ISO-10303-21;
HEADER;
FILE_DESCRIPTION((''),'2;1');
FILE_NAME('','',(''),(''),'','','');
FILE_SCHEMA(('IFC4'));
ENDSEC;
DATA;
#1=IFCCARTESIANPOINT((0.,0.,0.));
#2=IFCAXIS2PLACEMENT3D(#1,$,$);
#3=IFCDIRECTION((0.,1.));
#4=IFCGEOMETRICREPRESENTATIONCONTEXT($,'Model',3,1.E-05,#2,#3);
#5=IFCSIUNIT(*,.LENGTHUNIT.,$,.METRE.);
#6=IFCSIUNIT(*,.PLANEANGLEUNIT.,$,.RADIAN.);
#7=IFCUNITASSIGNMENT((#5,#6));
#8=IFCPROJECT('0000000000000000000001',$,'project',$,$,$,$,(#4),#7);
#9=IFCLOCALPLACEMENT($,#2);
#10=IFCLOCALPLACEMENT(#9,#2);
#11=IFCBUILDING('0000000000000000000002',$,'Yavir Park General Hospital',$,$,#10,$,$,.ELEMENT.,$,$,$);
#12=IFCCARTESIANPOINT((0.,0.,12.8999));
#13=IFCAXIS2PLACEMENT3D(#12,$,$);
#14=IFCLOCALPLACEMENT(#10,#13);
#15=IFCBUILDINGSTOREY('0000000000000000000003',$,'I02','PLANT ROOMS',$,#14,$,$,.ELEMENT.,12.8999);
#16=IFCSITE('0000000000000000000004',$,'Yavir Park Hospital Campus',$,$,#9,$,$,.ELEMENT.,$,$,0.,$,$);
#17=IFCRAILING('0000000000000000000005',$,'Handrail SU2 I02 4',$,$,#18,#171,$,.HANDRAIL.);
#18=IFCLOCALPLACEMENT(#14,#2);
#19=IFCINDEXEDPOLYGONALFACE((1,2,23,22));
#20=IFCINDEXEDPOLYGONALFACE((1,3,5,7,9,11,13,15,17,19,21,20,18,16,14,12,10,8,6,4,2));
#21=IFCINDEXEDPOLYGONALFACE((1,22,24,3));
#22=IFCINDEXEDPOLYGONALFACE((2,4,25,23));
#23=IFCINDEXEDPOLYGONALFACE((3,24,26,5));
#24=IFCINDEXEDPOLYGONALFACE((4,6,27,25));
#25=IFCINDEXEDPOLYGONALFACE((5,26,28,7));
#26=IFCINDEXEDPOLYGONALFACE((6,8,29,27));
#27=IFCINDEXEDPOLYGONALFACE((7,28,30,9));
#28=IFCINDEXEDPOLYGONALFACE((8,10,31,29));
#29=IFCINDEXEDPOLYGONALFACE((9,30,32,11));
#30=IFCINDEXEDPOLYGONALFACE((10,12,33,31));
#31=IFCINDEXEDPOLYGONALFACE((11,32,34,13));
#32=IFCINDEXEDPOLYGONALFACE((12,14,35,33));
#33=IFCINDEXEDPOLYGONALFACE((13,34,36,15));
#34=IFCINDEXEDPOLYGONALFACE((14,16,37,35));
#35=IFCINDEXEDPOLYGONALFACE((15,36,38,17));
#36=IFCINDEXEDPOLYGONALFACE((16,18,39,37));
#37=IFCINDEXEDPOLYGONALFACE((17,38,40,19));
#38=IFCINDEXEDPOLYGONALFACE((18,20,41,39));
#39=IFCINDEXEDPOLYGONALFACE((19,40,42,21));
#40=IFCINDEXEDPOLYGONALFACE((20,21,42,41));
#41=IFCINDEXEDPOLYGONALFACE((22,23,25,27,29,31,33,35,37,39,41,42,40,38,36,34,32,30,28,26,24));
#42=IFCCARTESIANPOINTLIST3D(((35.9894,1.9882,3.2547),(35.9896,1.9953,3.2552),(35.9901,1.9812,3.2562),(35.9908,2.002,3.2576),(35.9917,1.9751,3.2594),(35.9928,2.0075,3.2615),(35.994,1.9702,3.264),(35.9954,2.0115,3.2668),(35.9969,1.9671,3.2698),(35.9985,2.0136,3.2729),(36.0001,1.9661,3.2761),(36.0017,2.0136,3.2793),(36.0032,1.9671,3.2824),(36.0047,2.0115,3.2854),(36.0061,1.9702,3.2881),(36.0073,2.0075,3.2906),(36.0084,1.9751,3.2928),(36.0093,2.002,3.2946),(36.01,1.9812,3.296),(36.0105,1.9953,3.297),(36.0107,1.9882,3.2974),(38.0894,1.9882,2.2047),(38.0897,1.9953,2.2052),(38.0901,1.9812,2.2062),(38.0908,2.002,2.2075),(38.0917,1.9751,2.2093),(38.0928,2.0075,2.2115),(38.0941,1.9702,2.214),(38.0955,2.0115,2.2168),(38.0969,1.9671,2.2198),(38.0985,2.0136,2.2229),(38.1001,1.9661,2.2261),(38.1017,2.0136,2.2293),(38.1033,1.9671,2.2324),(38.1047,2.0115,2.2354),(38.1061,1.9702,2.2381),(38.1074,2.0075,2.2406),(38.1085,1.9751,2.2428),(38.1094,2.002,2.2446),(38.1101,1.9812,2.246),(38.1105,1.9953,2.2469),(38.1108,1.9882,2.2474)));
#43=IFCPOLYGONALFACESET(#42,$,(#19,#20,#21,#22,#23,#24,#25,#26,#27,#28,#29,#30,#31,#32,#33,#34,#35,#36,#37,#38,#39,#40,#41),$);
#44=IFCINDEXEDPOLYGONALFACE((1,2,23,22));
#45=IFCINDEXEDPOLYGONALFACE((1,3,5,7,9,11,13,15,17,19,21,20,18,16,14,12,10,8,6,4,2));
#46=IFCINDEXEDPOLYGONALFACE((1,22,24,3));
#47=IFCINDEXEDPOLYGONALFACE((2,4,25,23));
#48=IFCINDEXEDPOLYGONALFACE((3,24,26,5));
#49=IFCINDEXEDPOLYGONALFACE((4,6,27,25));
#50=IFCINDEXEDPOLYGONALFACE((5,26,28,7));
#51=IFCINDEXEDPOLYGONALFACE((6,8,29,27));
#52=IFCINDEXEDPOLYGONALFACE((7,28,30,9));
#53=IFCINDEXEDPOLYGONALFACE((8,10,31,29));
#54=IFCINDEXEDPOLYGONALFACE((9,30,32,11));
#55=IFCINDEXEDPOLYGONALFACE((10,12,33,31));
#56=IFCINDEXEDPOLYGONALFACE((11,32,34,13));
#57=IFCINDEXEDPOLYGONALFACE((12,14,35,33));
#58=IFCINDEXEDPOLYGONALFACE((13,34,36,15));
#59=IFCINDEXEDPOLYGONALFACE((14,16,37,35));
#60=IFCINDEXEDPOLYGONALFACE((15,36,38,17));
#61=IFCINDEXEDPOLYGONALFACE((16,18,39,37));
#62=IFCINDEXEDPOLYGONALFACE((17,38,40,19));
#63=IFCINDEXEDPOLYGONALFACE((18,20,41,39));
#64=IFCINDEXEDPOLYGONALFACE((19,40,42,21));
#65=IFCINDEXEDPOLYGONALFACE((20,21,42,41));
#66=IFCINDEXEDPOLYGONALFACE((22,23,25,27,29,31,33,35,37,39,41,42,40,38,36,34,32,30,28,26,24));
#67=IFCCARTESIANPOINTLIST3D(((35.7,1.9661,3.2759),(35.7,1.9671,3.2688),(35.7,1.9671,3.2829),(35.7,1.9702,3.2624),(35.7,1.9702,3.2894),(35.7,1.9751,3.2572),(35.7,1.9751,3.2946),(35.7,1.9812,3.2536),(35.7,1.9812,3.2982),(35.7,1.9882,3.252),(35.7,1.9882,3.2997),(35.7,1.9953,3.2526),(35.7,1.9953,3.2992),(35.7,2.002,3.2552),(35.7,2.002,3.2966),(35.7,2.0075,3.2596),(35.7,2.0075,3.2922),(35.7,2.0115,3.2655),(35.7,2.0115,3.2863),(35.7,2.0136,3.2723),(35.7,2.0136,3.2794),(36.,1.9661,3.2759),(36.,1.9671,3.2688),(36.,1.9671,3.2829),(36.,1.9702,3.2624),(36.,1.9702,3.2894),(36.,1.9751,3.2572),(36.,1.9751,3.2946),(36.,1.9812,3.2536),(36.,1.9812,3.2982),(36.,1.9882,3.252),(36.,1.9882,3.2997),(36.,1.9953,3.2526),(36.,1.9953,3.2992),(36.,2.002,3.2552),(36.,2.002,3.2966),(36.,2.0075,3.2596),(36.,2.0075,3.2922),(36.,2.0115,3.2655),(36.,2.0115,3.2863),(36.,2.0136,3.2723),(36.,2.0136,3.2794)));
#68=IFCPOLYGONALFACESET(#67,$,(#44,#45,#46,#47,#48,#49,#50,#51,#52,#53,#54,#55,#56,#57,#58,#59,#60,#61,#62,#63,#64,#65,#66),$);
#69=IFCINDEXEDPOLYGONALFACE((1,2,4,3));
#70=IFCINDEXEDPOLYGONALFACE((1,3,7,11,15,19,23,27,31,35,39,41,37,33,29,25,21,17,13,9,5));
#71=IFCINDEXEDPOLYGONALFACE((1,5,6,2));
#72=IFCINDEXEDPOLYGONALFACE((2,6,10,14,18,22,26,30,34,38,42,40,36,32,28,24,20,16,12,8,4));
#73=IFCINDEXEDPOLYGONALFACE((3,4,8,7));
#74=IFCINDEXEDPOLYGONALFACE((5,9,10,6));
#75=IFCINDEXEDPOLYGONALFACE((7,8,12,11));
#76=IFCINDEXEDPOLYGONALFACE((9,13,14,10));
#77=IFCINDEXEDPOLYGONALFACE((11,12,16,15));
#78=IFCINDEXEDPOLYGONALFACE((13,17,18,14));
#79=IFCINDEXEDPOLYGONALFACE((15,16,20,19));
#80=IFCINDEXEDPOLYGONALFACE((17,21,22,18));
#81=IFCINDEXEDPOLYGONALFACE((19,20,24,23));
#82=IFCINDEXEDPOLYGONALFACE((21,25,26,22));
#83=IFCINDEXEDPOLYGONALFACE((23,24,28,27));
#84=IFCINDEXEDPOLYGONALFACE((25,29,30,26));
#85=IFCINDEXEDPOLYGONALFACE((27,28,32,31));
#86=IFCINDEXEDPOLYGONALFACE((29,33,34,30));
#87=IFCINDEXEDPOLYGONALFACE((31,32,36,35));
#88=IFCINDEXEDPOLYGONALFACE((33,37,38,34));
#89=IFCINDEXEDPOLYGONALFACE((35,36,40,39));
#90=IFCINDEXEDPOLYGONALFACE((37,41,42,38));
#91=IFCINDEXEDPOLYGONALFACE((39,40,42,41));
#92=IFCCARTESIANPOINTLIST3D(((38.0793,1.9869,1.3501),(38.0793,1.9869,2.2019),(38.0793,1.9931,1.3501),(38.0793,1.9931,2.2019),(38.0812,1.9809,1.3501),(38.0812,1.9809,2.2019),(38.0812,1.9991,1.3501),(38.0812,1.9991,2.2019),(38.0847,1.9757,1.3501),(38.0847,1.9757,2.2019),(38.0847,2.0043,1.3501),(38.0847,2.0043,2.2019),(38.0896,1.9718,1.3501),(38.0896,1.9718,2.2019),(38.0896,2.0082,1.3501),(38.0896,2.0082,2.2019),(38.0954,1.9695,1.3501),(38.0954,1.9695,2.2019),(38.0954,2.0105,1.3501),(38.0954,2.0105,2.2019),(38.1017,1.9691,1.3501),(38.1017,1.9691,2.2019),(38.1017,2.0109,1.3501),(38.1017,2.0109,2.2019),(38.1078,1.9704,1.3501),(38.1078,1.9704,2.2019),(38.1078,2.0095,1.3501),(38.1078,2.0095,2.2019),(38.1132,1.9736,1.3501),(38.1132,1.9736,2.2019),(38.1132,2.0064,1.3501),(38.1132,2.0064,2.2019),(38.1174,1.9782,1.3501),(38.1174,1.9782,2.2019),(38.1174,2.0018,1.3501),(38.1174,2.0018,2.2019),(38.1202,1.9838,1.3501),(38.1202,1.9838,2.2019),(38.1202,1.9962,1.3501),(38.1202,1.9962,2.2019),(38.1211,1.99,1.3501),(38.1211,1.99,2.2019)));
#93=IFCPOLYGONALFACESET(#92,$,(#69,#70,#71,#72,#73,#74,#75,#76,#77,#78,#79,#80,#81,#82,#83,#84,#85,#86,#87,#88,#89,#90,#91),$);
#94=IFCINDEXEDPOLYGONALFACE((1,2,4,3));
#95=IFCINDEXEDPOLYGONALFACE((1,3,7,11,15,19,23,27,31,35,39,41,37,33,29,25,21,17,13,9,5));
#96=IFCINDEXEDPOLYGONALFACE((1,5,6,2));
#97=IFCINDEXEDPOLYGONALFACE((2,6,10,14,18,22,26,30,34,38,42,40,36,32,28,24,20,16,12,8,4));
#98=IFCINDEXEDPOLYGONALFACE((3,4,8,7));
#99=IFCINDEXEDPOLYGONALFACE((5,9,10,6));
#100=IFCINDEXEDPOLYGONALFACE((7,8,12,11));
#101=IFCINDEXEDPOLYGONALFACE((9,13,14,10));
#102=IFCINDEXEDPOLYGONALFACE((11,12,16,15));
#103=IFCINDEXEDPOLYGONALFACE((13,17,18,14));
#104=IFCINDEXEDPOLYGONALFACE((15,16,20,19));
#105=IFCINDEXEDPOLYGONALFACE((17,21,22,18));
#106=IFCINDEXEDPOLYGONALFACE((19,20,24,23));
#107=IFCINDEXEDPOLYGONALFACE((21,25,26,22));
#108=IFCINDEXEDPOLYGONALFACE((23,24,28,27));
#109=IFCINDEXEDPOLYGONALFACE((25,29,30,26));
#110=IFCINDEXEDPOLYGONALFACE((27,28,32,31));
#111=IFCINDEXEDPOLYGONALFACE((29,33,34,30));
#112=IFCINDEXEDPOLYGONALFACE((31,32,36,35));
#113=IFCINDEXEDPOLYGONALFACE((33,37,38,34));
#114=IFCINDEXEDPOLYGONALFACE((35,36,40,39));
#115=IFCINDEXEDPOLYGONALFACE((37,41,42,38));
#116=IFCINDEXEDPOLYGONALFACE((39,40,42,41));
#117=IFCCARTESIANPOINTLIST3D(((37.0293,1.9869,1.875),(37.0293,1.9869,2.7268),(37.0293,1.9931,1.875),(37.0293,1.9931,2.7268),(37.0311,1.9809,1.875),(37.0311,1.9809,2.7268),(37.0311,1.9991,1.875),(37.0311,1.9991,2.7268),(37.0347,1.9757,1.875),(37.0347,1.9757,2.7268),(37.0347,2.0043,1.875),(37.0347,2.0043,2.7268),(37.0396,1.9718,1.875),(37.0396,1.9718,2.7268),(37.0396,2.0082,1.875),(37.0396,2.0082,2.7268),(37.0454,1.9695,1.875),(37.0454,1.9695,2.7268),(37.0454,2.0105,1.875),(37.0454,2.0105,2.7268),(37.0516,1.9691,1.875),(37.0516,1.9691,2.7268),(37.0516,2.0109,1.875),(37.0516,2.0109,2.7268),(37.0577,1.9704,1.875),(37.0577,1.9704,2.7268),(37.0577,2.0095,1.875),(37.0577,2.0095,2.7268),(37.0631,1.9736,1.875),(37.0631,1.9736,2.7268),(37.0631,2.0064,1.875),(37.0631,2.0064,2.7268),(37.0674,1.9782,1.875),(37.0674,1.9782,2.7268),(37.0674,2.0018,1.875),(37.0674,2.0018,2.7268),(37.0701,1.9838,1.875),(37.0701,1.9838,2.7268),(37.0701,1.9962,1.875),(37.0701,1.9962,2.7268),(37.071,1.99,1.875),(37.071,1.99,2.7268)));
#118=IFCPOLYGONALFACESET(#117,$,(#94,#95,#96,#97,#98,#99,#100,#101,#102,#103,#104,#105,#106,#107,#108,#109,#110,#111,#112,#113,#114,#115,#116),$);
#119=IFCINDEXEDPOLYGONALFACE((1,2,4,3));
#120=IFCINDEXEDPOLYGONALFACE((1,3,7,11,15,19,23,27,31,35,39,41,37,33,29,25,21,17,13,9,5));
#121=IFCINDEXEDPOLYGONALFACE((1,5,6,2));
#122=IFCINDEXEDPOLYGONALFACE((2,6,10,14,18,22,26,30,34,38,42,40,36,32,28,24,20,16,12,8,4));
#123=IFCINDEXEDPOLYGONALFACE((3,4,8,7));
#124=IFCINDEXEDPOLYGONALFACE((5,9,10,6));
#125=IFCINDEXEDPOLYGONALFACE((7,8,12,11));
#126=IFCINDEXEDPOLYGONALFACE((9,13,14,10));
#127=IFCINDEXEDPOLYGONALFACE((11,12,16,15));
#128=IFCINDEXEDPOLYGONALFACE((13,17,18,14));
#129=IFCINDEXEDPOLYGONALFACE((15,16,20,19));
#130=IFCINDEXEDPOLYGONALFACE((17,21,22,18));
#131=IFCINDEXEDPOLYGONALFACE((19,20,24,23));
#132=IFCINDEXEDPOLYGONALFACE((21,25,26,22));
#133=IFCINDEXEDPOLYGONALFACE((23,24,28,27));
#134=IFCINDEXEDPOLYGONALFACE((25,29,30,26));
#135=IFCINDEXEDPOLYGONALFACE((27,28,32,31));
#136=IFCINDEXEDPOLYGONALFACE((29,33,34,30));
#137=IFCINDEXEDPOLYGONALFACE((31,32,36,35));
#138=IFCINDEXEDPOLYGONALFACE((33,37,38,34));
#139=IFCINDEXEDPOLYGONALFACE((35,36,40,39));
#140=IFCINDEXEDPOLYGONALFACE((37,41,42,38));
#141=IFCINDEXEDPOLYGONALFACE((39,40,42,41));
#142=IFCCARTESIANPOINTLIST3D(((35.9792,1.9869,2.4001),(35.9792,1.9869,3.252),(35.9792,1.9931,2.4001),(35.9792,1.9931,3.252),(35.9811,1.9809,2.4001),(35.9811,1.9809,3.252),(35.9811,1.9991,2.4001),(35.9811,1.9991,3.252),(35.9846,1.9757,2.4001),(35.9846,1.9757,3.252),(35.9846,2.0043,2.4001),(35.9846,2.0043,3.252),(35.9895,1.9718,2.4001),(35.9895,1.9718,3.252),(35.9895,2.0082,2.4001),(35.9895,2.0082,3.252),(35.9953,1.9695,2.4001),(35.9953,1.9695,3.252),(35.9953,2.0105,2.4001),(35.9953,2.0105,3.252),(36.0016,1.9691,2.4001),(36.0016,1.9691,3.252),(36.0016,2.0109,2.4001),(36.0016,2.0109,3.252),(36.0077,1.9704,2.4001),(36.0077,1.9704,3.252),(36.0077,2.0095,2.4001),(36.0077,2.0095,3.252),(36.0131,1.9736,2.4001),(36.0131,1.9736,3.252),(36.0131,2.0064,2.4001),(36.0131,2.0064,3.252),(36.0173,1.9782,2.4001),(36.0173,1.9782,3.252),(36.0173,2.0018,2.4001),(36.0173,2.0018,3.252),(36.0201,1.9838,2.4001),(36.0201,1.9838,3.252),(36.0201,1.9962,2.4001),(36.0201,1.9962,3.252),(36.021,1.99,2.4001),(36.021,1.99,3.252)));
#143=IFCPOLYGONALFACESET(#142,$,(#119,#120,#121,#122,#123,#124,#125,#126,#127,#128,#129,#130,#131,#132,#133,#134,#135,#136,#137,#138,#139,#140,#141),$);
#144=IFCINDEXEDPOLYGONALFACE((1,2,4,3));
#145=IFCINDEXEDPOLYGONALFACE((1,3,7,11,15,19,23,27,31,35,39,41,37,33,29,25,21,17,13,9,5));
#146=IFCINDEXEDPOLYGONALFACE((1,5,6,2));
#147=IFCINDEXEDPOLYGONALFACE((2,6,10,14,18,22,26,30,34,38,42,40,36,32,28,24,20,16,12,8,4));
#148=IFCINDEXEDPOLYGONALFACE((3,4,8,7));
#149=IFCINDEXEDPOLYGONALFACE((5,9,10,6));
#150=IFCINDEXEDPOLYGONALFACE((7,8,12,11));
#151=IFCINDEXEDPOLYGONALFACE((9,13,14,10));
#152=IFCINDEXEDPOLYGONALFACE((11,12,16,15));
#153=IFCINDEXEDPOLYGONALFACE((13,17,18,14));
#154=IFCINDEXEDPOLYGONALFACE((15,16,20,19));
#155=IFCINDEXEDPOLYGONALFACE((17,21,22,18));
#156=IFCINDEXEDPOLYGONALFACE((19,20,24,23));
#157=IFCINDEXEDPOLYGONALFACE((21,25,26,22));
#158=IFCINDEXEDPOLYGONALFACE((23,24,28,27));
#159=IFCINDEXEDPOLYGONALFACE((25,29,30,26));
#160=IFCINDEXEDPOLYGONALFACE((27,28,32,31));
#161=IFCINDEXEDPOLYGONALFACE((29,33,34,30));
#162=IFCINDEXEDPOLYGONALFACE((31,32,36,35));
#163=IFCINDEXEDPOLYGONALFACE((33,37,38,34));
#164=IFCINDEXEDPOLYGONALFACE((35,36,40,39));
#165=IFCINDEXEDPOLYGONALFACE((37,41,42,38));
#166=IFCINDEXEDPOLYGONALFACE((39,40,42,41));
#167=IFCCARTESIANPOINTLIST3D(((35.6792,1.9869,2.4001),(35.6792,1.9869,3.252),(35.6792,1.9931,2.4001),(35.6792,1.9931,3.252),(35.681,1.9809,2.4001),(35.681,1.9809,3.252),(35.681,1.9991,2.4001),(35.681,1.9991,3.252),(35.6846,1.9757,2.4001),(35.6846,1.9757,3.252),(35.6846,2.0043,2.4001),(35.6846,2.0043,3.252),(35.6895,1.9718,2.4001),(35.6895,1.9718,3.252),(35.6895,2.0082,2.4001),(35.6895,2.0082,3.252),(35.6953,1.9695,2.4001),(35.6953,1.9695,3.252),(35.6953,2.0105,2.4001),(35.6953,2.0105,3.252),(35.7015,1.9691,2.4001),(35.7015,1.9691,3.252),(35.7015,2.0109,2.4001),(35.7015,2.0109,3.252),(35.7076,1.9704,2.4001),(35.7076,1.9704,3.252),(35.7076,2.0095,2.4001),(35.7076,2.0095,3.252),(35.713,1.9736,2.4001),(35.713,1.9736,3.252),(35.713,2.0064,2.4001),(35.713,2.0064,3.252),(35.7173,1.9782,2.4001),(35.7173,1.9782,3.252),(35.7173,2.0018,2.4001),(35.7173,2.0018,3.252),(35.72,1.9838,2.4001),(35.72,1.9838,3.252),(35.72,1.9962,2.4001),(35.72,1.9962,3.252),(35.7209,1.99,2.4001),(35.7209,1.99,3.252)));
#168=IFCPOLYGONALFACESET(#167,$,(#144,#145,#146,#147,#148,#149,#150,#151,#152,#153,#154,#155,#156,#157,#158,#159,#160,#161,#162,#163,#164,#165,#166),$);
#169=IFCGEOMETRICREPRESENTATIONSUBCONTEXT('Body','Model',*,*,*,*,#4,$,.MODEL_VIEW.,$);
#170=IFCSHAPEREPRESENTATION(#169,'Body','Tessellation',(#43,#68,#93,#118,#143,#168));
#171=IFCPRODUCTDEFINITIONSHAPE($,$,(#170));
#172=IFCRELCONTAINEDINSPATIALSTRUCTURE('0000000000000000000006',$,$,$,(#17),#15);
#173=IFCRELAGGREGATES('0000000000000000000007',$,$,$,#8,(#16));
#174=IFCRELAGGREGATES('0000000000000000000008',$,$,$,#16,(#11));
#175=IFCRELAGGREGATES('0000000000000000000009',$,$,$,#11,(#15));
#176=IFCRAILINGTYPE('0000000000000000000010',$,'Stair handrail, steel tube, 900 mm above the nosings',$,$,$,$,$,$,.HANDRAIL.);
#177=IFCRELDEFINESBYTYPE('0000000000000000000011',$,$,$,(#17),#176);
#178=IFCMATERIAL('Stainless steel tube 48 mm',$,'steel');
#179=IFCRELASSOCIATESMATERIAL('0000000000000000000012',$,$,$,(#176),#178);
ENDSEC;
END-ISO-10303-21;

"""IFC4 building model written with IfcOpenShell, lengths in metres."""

from ifc_helpers import new_model, si_unit, direction, frame, origin, origin_2d, place, context, subcontext, project, spatial, circle, extrude, material, type_object, element, save


model = new_model("IFC4")

# Units and contexts
model_context = context("Model", 3, precision=1e-05, world=origin(), true_north=direction((0.0, 1.0)))
body_context = subcontext(model_context, "Body", "Model", "MODEL_VIEW")
ifc_project = project(units=[si_unit("LENGTHUNIT", "METRE"), si_unit("PLANEANGLEUNIT", "RADIAN")], contexts=[model_context])

# Site, building, storey
site_placement = place(None, origin())
site = spatial("IfcSite", under=ifc_project, at=site_placement, Name="Yavir Park Hospital Campus", CompositionType="ELEMENT", RefElevation=0.0)
building_placement = place(site_placement, origin())
building = spatial("IfcBuilding", under=site, at=building_placement, Name="Yavir Park General Hospital", CompositionType="ELEMENT")
storey_placement = place(building_placement, frame((0.0, 0.0, 12.8999)))
storey = spatial("IfcBuildingStorey", under=building, at=storey_placement, Name="I02", Description="PLANT ROOMS", CompositionType="ELEMENT", Elevation=12.8999)

# Railing
ifc_material_1 = material(Name="Stainless steel tube 48 mm", Category="steel")
railing_type_1 = type_object("IfcRailingType", Name="Stair handrail, steel tube, 900 mm above the nosings", PredefinedType="HANDRAIL", material=ifc_material_1)
for number, where, name in (
    (1, (38.1001, 1.99, 1.3501), "Handrail SU2 I02 4"),
):
    element("IfcRailing", number, at=place(storey_placement, frame(where)), inside=storey, type_object=railing_type_1, Name=name, PredefinedType="HANDRAIL", context=body_context, shape_type="SweptSolid", body=[
        extrude(circle(Radius=0.0239, at=origin_2d()), frame((0.0, 0.0, 0.876), z_axis=(-0.894427, 0.0, 0.447214), x_axis=(0.0, -1.0, 0.0)), (0.0, 0.0, 1.0), 2.3479),
        extrude(circle(Radius=0.0239, at=origin_2d()), frame((-2.1001, 0.0, 1.9258), z_axis=(-1.0, 0.0, 0.0), x_axis=(0.0, -1.0, 0.0)), (0.0, 0.0, 1.0), 0.3),
        extrude(circle(Radius=0.021, at=origin_2d()), origin(), (0.0, 0.0, 1.0), 0.8518),
        extrude(circle(Radius=0.021, at=origin_2d()), frame((-1.05, 0.0, 0.5249)), (0.0, 0.0, 1.0), 0.8518),
        extrude(circle(Radius=0.021, at=origin_2d()), frame((-2.1001, 0.0, 1.05)), (0.0, 0.0, 1.0), 0.8518),
        extrude(circle(Radius=0.021, at=origin_2d()), frame((-2.4001, 0.0, 1.05)), (0.0, 0.0, 1.0), 0.8518),
    ])

save(model, "model.ifc")
